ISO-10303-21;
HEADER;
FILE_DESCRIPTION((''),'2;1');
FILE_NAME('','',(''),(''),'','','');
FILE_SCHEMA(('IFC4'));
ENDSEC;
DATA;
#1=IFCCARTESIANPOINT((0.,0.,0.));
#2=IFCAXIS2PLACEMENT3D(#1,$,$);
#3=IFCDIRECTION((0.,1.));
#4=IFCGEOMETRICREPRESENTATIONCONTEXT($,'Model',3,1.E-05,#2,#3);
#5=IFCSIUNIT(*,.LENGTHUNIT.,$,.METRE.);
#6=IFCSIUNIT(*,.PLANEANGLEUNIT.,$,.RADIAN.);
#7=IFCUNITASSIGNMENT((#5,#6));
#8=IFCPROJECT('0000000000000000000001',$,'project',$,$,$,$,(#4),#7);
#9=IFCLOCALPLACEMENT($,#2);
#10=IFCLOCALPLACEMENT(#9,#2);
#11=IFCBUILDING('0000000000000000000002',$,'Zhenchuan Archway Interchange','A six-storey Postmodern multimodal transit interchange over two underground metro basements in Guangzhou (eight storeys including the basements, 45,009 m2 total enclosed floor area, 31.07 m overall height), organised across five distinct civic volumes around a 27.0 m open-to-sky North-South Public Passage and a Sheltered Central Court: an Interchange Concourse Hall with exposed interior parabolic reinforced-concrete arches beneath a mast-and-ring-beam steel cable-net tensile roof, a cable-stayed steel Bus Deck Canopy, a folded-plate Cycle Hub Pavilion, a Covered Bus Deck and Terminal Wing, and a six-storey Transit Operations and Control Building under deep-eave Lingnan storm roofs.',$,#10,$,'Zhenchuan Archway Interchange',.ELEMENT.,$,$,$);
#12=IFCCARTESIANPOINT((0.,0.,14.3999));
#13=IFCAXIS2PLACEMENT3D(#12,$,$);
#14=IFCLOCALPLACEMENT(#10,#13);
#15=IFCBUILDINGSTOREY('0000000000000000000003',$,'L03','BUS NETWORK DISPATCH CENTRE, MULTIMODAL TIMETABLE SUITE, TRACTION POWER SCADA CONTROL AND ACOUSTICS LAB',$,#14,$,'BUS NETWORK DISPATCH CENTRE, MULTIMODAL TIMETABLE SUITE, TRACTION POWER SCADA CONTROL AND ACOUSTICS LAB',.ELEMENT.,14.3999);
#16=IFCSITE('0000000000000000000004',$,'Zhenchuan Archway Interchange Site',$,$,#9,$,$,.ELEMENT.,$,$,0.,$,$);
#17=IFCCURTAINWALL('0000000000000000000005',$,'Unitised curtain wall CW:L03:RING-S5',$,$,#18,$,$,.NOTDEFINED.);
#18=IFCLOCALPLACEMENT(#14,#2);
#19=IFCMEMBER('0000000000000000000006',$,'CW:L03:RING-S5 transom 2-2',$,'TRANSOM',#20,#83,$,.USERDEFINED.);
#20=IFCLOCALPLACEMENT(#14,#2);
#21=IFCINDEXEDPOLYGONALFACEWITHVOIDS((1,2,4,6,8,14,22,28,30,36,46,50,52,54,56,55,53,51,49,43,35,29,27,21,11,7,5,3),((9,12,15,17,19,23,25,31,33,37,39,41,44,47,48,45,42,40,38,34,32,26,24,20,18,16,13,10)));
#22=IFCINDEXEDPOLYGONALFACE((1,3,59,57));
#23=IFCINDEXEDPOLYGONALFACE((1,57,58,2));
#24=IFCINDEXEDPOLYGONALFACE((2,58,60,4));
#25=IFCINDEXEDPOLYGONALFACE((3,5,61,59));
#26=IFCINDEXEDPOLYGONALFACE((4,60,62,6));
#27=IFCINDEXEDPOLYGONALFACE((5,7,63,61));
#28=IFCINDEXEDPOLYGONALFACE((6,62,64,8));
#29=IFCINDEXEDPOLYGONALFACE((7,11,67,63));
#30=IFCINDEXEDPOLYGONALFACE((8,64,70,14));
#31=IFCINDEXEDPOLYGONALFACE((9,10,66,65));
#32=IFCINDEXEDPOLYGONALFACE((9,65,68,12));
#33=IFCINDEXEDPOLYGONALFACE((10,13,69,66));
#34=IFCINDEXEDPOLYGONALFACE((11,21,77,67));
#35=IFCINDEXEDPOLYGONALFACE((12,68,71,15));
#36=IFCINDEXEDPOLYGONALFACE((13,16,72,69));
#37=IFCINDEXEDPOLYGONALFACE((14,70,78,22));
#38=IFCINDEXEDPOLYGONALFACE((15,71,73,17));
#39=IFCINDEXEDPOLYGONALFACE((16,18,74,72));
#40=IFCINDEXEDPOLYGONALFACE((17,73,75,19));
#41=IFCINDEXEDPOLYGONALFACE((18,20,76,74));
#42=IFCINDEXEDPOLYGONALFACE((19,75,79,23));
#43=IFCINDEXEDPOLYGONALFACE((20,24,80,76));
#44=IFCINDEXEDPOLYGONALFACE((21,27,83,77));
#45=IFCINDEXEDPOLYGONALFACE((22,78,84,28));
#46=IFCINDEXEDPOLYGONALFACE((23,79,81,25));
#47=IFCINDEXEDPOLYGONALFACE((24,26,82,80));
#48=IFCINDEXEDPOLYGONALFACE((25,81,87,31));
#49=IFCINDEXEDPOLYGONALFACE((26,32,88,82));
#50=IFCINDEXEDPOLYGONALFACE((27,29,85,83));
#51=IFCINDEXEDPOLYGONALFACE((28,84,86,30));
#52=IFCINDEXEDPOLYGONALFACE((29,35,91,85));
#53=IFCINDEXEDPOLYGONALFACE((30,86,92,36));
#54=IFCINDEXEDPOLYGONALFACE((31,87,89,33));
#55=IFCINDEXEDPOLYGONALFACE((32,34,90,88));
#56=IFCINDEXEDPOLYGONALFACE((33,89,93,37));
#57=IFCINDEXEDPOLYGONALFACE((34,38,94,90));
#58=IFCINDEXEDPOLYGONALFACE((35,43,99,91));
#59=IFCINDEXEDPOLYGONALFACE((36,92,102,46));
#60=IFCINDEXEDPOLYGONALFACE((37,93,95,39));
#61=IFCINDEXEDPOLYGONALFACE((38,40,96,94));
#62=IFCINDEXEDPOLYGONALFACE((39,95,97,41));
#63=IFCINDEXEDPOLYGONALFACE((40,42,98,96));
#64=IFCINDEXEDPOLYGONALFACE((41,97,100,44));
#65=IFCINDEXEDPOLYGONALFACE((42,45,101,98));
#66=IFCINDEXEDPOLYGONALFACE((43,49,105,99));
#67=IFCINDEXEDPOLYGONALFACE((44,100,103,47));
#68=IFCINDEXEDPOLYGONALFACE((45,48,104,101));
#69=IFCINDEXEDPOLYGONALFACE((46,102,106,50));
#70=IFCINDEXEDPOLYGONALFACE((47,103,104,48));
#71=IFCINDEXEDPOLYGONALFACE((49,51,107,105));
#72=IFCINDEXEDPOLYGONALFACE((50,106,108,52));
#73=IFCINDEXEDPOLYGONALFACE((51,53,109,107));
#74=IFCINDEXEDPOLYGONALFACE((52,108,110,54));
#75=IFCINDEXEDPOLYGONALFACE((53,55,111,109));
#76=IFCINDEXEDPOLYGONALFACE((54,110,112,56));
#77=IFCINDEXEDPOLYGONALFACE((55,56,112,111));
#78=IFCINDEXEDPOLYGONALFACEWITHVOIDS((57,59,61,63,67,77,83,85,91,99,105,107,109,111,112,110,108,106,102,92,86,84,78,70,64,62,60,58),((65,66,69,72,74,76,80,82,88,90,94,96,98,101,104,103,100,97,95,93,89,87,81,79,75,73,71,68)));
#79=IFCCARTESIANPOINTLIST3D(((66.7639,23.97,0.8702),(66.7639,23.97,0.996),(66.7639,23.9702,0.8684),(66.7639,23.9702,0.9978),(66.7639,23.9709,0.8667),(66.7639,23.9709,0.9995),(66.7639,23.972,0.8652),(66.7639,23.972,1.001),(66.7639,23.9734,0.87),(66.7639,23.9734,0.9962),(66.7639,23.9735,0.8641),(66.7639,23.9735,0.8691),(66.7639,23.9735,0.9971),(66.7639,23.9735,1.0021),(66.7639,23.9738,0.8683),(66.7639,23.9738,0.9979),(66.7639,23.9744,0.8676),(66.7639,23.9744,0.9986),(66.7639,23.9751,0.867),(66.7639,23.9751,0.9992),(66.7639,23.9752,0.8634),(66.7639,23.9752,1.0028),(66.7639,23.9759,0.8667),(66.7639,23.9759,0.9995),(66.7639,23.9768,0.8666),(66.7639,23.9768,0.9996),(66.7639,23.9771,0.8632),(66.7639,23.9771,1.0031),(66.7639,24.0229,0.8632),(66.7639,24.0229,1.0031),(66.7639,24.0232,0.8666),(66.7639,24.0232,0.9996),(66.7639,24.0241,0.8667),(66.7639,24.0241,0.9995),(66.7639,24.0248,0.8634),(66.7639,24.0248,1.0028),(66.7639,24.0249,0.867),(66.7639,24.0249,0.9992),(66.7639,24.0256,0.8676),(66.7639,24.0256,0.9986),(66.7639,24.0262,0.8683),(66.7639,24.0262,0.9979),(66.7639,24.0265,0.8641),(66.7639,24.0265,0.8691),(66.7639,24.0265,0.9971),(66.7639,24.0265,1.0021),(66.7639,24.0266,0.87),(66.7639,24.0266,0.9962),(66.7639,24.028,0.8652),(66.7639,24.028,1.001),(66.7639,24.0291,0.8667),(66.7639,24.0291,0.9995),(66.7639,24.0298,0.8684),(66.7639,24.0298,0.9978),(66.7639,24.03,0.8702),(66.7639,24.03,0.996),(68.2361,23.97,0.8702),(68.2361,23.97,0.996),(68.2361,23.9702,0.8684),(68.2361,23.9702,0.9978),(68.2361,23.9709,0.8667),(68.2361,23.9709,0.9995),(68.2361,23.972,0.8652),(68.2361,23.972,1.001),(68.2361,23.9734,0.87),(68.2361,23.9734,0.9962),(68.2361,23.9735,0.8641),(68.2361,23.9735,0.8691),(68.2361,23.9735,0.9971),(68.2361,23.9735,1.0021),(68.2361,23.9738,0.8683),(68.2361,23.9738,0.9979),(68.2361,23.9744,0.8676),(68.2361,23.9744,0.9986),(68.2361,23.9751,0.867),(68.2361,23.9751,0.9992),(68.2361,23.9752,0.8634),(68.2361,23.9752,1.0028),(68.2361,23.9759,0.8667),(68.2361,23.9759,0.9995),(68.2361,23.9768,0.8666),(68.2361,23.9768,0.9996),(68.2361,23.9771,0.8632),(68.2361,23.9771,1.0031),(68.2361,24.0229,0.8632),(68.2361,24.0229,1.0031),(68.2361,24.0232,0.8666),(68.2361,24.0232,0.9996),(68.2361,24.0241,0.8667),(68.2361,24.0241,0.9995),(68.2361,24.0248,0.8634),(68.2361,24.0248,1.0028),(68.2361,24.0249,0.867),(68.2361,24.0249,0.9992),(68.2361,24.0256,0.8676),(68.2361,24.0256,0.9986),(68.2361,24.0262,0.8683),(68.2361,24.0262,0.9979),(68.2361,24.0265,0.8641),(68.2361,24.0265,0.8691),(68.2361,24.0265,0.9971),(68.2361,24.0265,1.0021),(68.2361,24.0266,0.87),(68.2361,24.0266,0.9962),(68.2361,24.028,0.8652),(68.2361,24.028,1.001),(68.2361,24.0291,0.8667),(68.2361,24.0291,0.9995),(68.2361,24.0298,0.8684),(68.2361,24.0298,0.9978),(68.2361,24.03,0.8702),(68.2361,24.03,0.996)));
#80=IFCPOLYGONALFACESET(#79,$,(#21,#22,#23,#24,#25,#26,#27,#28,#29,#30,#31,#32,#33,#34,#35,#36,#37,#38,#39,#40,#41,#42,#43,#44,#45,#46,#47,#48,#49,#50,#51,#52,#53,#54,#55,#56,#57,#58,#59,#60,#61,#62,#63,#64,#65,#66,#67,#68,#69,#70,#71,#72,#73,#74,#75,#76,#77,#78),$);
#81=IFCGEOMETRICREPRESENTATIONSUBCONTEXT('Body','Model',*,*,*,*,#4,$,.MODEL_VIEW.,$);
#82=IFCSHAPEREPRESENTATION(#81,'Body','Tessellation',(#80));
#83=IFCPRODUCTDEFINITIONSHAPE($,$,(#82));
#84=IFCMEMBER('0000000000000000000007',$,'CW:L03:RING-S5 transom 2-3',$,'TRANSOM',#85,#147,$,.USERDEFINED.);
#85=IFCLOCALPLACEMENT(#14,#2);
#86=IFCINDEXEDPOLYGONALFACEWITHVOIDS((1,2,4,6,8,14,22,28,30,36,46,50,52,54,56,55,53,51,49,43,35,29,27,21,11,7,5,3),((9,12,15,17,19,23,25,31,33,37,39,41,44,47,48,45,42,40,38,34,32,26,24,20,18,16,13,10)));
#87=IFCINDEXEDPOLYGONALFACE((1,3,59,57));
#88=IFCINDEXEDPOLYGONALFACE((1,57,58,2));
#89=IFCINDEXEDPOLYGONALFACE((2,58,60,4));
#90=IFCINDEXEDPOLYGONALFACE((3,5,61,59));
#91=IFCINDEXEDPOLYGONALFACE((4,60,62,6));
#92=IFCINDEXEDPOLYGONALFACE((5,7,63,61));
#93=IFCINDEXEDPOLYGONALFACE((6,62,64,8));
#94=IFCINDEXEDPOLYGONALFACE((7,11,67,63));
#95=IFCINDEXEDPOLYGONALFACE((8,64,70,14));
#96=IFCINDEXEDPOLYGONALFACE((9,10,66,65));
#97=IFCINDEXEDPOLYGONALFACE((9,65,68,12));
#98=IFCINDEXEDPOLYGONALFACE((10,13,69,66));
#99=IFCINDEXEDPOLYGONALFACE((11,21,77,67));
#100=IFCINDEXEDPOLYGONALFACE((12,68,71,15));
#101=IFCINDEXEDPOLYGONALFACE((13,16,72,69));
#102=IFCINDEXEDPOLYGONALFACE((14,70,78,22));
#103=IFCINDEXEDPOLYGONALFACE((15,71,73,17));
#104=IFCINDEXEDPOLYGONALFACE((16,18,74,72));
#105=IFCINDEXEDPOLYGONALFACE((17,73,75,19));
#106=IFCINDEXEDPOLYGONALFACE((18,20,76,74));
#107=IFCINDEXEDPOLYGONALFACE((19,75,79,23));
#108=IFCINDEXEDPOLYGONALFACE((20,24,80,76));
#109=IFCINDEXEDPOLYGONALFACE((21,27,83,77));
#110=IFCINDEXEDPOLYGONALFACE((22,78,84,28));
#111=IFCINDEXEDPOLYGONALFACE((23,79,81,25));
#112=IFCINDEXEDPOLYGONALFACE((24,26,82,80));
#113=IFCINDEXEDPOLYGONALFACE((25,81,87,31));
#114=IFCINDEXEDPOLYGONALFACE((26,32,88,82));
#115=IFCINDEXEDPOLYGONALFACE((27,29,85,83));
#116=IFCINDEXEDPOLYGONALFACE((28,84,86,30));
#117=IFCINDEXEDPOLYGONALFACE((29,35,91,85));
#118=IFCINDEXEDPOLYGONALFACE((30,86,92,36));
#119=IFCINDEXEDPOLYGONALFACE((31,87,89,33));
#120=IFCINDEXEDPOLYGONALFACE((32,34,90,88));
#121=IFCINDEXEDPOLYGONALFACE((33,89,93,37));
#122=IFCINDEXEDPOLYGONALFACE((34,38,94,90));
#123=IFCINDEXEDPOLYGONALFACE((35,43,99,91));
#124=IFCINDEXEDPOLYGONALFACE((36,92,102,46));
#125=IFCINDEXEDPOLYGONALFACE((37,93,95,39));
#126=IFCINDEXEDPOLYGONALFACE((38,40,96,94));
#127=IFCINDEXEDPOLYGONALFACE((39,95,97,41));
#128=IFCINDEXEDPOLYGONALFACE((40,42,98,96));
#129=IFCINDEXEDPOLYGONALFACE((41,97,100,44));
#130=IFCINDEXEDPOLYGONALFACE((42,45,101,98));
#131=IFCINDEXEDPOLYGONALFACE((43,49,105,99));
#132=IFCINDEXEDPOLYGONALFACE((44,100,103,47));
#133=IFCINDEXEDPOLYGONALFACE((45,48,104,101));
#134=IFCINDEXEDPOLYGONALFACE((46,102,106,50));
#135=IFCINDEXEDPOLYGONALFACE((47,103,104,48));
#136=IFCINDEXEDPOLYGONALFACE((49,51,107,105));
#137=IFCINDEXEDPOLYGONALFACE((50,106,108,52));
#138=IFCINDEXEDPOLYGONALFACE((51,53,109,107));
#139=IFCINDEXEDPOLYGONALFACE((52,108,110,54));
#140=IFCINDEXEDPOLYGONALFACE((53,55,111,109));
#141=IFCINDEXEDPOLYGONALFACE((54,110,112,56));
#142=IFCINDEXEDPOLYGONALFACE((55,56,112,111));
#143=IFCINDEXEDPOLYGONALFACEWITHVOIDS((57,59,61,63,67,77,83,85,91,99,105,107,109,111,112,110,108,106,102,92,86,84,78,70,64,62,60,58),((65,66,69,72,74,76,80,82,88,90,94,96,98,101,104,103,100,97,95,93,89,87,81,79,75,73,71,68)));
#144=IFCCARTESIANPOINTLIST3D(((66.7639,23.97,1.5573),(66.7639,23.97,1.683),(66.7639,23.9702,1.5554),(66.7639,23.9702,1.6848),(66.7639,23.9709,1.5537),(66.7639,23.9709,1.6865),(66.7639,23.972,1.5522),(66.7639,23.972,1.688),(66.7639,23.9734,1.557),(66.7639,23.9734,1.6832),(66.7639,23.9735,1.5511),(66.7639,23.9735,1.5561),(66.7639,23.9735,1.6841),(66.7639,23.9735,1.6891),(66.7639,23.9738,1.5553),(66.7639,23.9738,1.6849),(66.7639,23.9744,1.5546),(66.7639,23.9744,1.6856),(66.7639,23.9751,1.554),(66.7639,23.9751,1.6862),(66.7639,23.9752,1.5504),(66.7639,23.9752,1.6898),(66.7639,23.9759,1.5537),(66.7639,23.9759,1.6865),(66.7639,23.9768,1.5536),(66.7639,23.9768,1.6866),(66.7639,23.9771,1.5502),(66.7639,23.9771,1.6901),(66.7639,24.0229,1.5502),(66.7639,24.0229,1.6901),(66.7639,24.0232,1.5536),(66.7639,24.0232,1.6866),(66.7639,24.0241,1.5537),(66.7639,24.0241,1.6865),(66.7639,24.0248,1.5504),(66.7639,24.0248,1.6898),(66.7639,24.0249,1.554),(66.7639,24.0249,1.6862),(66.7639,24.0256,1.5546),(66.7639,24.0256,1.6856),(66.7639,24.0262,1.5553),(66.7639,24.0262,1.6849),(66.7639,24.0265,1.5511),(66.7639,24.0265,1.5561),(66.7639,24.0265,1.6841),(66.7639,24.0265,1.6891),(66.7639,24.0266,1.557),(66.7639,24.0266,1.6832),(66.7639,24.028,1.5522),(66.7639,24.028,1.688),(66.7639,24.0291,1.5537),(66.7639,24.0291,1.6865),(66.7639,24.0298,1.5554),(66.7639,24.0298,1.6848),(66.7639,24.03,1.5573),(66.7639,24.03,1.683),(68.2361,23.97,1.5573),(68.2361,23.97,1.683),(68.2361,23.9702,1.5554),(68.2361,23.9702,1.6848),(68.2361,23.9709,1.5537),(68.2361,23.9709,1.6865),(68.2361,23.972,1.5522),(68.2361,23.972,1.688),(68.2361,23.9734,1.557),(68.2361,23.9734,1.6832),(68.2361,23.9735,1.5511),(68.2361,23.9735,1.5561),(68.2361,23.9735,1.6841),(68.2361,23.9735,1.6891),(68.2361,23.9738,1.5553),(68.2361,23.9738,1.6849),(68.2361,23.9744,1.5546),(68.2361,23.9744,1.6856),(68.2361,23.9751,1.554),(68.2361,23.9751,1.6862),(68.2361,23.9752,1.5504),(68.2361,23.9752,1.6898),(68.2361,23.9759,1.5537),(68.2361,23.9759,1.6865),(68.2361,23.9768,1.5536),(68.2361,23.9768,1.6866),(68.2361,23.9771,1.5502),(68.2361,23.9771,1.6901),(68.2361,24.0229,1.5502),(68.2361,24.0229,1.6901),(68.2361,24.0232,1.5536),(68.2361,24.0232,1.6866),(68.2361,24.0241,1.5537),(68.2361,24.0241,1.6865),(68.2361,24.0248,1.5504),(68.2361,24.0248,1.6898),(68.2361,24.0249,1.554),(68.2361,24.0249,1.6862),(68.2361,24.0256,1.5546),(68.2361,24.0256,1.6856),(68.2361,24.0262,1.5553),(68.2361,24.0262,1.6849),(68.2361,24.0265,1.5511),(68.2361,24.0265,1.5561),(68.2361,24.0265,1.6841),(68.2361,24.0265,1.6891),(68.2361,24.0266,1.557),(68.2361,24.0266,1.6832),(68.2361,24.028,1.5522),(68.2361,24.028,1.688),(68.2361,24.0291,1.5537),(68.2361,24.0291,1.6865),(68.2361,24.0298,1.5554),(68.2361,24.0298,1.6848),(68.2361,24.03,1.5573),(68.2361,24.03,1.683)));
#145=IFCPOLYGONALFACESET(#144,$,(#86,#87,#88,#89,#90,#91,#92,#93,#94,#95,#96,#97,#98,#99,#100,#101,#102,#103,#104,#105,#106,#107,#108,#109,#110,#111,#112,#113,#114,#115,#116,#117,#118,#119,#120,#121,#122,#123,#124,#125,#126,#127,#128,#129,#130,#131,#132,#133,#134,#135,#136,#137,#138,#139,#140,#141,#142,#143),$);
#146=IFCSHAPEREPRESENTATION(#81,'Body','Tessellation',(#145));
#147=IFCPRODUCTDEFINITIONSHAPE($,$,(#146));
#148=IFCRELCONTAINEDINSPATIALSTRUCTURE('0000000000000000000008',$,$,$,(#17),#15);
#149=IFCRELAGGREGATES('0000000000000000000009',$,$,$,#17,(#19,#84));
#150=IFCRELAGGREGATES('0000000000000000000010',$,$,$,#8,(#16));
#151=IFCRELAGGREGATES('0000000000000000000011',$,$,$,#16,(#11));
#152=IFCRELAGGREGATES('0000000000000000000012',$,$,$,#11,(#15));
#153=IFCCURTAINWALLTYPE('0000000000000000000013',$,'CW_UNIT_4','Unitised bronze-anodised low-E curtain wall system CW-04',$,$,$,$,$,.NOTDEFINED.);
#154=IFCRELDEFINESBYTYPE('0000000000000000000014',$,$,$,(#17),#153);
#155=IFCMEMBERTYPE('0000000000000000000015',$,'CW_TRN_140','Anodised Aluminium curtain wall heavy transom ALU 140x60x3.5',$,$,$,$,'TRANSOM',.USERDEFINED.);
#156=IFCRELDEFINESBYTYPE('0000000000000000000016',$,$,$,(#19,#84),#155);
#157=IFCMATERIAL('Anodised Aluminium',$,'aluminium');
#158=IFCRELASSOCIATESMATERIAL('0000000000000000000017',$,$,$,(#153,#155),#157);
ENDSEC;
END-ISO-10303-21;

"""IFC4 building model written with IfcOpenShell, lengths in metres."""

from ifc_helpers import new_model, si_unit, direction, frame, origin, origin_2d, place, context, subcontext, project, spatial, hollow_rectangle, extrude, material, material_profile, profile_set, type_object, element, aggregate, save


model = new_model("IFC4")

# Units and contexts
model_context = context("Model", 3, precision=1e-05, world=origin(), true_north=direction((0.0, 1.0)))
body_context = subcontext(model_context, "Body", "Model", "MODEL_VIEW")
ifc_project = project(units=[si_unit("LENGTHUNIT", "METRE"), si_unit("PLANEANGLEUNIT", "RADIAN")], contexts=[model_context])

# Site, building, storey
site_placement = place(None, origin())
site = spatial("IfcSite", under=ifc_project, at=site_placement, Name="Zhenchuan Archway Interchange Site", CompositionType="ELEMENT", RefElevation=0.0)
building_placement = place(site_placement, origin())
building = spatial("IfcBuilding", under=site, at=building_placement, Name="Zhenchuan Archway Interchange", Description="A six-storey Postmodern multimodal transit interchange over two underground metro basements in Guangzhou (eight storeys including the basements, 45,009 m2 total enclosed floor area, 31.07 m overall height), organised across five distinct civic volumes around a 27.0 m open-to-sky North-South Public Passage and a Sheltered Central Court: an Interchange Concourse Hall with exposed interior parabolic reinforced-concrete arches beneath a mast-and-ring-beam steel cable-net tensile roof, a cable-stayed steel Bus Deck Canopy, a folded-plate Cycle Hub Pavilion, a Covered Bus Deck and Terminal Wing, and a six-storey Transit Operations and Control Building under deep-eave Lingnan storm roofs.", LongName="Zhenchuan Archway Interchange", CompositionType="ELEMENT")
storey_placement = place(building_placement, frame((0.0, 0.0, 14.3999)))
storey = spatial("IfcBuildingStorey", under=building, at=storey_placement, Name="L03", Description="BUS NETWORK DISPATCH CENTRE, MULTIMODAL TIMETABLE SUITE, TRACTION POWER SCADA CONTROL AND ACOUSTICS LAB", LongName="BUS NETWORK DISPATCH CENTRE, MULTIMODAL TIMETABLE SUITE, TRACTION POWER SCADA CONTROL AND ACOUSTICS LAB", CompositionType="ELEMENT", Elevation=14.3999)

# Curtain wall
ifc_material_1 = material(Name="Anodised Aluminium", Category="aluminium")
curtain_wall_type_1 = type_object("IfcCurtainWallType", Name="CW_UNIT_4", Description="Unitised bronze-anodised low-E curtain wall system CW-04", PredefinedType="NOTDEFINED", material=ifc_material_1)
curtain_wall_1_placement = place(storey_placement, origin())
curtain_wall_1 = element("IfcCurtainWall", 1, at=curtain_wall_1_placement, inside=storey, type_object=curtain_wall_type_1, Name="Unitised curtain wall CW:L03:RING-S5", PredefinedType="NOTDEFINED")

# Members
ifc_material_profile_1 = material_profile(ifc_material_1, hollow_rectangle(XDim=0.0601, YDim=0.1399, WallThickness=0.0034, InnerFilletRadius=0.0034, OuterFilletRadius=0.0071, at=origin_2d()), Name="ALU 140x60x3.5")
ifc_profile_set_1 = profile_set([ifc_material_profile_1], Name="Anodised Aluminium")
member_type_1 = type_object("IfcMemberType", Name="CW_TRN_140", Description="Anodised Aluminium curtain wall heavy transom ALU 140x60x3.5", ElementType="TRANSOM", PredefinedType="USERDEFINED", material=ifc_profile_set_1)
member_1_placement = place(storey_placement, frame((66.7639, 24.0, 0.9331), z_axis=(1.0, 0.0, 0.0), x_axis=(0.0, 1.0, 0.0)))
member_1 = element("IfcMember", 2, at=member_1_placement, type_object=member_type_1, Name="CW:L03:RING-S5 transom 2-2", ObjectType="TRANSOM", PredefinedType="USERDEFINED", context=body_context, shape_type="SweptSolid", body=[
    extrude(hollow_rectangle(XDim=0.0601, YDim=0.1399, WallThickness=0.0034, InnerFilletRadius=0.0034, OuterFilletRadius=0.0071, at=origin_2d()), origin(), (0.0, 0.0, 1.0), 1.4722),
])
member_2_placement = place(storey_placement, frame((66.7639, 24.0, 1.6201), z_axis=(1.0, 0.0, 0.0), x_axis=(0.0, 1.0, 0.0)))
member_2 = element("IfcMember", 3, at=member_2_placement, type_object=member_type_1, Name="CW:L03:RING-S5 transom 2-3", ObjectType="TRANSOM", PredefinedType="USERDEFINED", context=body_context, shape_type="SweptSolid", body=[
    extrude(hollow_rectangle(XDim=0.0601, YDim=0.1399, WallThickness=0.0034, InnerFilletRadius=0.0034, OuterFilletRadius=0.0071, at=origin_2d()), origin(), (0.0, 0.0, 1.0), 1.4722),
])

aggregate(curtain_wall_1, [member_1, member_2])

save(model, "model.ifc")
